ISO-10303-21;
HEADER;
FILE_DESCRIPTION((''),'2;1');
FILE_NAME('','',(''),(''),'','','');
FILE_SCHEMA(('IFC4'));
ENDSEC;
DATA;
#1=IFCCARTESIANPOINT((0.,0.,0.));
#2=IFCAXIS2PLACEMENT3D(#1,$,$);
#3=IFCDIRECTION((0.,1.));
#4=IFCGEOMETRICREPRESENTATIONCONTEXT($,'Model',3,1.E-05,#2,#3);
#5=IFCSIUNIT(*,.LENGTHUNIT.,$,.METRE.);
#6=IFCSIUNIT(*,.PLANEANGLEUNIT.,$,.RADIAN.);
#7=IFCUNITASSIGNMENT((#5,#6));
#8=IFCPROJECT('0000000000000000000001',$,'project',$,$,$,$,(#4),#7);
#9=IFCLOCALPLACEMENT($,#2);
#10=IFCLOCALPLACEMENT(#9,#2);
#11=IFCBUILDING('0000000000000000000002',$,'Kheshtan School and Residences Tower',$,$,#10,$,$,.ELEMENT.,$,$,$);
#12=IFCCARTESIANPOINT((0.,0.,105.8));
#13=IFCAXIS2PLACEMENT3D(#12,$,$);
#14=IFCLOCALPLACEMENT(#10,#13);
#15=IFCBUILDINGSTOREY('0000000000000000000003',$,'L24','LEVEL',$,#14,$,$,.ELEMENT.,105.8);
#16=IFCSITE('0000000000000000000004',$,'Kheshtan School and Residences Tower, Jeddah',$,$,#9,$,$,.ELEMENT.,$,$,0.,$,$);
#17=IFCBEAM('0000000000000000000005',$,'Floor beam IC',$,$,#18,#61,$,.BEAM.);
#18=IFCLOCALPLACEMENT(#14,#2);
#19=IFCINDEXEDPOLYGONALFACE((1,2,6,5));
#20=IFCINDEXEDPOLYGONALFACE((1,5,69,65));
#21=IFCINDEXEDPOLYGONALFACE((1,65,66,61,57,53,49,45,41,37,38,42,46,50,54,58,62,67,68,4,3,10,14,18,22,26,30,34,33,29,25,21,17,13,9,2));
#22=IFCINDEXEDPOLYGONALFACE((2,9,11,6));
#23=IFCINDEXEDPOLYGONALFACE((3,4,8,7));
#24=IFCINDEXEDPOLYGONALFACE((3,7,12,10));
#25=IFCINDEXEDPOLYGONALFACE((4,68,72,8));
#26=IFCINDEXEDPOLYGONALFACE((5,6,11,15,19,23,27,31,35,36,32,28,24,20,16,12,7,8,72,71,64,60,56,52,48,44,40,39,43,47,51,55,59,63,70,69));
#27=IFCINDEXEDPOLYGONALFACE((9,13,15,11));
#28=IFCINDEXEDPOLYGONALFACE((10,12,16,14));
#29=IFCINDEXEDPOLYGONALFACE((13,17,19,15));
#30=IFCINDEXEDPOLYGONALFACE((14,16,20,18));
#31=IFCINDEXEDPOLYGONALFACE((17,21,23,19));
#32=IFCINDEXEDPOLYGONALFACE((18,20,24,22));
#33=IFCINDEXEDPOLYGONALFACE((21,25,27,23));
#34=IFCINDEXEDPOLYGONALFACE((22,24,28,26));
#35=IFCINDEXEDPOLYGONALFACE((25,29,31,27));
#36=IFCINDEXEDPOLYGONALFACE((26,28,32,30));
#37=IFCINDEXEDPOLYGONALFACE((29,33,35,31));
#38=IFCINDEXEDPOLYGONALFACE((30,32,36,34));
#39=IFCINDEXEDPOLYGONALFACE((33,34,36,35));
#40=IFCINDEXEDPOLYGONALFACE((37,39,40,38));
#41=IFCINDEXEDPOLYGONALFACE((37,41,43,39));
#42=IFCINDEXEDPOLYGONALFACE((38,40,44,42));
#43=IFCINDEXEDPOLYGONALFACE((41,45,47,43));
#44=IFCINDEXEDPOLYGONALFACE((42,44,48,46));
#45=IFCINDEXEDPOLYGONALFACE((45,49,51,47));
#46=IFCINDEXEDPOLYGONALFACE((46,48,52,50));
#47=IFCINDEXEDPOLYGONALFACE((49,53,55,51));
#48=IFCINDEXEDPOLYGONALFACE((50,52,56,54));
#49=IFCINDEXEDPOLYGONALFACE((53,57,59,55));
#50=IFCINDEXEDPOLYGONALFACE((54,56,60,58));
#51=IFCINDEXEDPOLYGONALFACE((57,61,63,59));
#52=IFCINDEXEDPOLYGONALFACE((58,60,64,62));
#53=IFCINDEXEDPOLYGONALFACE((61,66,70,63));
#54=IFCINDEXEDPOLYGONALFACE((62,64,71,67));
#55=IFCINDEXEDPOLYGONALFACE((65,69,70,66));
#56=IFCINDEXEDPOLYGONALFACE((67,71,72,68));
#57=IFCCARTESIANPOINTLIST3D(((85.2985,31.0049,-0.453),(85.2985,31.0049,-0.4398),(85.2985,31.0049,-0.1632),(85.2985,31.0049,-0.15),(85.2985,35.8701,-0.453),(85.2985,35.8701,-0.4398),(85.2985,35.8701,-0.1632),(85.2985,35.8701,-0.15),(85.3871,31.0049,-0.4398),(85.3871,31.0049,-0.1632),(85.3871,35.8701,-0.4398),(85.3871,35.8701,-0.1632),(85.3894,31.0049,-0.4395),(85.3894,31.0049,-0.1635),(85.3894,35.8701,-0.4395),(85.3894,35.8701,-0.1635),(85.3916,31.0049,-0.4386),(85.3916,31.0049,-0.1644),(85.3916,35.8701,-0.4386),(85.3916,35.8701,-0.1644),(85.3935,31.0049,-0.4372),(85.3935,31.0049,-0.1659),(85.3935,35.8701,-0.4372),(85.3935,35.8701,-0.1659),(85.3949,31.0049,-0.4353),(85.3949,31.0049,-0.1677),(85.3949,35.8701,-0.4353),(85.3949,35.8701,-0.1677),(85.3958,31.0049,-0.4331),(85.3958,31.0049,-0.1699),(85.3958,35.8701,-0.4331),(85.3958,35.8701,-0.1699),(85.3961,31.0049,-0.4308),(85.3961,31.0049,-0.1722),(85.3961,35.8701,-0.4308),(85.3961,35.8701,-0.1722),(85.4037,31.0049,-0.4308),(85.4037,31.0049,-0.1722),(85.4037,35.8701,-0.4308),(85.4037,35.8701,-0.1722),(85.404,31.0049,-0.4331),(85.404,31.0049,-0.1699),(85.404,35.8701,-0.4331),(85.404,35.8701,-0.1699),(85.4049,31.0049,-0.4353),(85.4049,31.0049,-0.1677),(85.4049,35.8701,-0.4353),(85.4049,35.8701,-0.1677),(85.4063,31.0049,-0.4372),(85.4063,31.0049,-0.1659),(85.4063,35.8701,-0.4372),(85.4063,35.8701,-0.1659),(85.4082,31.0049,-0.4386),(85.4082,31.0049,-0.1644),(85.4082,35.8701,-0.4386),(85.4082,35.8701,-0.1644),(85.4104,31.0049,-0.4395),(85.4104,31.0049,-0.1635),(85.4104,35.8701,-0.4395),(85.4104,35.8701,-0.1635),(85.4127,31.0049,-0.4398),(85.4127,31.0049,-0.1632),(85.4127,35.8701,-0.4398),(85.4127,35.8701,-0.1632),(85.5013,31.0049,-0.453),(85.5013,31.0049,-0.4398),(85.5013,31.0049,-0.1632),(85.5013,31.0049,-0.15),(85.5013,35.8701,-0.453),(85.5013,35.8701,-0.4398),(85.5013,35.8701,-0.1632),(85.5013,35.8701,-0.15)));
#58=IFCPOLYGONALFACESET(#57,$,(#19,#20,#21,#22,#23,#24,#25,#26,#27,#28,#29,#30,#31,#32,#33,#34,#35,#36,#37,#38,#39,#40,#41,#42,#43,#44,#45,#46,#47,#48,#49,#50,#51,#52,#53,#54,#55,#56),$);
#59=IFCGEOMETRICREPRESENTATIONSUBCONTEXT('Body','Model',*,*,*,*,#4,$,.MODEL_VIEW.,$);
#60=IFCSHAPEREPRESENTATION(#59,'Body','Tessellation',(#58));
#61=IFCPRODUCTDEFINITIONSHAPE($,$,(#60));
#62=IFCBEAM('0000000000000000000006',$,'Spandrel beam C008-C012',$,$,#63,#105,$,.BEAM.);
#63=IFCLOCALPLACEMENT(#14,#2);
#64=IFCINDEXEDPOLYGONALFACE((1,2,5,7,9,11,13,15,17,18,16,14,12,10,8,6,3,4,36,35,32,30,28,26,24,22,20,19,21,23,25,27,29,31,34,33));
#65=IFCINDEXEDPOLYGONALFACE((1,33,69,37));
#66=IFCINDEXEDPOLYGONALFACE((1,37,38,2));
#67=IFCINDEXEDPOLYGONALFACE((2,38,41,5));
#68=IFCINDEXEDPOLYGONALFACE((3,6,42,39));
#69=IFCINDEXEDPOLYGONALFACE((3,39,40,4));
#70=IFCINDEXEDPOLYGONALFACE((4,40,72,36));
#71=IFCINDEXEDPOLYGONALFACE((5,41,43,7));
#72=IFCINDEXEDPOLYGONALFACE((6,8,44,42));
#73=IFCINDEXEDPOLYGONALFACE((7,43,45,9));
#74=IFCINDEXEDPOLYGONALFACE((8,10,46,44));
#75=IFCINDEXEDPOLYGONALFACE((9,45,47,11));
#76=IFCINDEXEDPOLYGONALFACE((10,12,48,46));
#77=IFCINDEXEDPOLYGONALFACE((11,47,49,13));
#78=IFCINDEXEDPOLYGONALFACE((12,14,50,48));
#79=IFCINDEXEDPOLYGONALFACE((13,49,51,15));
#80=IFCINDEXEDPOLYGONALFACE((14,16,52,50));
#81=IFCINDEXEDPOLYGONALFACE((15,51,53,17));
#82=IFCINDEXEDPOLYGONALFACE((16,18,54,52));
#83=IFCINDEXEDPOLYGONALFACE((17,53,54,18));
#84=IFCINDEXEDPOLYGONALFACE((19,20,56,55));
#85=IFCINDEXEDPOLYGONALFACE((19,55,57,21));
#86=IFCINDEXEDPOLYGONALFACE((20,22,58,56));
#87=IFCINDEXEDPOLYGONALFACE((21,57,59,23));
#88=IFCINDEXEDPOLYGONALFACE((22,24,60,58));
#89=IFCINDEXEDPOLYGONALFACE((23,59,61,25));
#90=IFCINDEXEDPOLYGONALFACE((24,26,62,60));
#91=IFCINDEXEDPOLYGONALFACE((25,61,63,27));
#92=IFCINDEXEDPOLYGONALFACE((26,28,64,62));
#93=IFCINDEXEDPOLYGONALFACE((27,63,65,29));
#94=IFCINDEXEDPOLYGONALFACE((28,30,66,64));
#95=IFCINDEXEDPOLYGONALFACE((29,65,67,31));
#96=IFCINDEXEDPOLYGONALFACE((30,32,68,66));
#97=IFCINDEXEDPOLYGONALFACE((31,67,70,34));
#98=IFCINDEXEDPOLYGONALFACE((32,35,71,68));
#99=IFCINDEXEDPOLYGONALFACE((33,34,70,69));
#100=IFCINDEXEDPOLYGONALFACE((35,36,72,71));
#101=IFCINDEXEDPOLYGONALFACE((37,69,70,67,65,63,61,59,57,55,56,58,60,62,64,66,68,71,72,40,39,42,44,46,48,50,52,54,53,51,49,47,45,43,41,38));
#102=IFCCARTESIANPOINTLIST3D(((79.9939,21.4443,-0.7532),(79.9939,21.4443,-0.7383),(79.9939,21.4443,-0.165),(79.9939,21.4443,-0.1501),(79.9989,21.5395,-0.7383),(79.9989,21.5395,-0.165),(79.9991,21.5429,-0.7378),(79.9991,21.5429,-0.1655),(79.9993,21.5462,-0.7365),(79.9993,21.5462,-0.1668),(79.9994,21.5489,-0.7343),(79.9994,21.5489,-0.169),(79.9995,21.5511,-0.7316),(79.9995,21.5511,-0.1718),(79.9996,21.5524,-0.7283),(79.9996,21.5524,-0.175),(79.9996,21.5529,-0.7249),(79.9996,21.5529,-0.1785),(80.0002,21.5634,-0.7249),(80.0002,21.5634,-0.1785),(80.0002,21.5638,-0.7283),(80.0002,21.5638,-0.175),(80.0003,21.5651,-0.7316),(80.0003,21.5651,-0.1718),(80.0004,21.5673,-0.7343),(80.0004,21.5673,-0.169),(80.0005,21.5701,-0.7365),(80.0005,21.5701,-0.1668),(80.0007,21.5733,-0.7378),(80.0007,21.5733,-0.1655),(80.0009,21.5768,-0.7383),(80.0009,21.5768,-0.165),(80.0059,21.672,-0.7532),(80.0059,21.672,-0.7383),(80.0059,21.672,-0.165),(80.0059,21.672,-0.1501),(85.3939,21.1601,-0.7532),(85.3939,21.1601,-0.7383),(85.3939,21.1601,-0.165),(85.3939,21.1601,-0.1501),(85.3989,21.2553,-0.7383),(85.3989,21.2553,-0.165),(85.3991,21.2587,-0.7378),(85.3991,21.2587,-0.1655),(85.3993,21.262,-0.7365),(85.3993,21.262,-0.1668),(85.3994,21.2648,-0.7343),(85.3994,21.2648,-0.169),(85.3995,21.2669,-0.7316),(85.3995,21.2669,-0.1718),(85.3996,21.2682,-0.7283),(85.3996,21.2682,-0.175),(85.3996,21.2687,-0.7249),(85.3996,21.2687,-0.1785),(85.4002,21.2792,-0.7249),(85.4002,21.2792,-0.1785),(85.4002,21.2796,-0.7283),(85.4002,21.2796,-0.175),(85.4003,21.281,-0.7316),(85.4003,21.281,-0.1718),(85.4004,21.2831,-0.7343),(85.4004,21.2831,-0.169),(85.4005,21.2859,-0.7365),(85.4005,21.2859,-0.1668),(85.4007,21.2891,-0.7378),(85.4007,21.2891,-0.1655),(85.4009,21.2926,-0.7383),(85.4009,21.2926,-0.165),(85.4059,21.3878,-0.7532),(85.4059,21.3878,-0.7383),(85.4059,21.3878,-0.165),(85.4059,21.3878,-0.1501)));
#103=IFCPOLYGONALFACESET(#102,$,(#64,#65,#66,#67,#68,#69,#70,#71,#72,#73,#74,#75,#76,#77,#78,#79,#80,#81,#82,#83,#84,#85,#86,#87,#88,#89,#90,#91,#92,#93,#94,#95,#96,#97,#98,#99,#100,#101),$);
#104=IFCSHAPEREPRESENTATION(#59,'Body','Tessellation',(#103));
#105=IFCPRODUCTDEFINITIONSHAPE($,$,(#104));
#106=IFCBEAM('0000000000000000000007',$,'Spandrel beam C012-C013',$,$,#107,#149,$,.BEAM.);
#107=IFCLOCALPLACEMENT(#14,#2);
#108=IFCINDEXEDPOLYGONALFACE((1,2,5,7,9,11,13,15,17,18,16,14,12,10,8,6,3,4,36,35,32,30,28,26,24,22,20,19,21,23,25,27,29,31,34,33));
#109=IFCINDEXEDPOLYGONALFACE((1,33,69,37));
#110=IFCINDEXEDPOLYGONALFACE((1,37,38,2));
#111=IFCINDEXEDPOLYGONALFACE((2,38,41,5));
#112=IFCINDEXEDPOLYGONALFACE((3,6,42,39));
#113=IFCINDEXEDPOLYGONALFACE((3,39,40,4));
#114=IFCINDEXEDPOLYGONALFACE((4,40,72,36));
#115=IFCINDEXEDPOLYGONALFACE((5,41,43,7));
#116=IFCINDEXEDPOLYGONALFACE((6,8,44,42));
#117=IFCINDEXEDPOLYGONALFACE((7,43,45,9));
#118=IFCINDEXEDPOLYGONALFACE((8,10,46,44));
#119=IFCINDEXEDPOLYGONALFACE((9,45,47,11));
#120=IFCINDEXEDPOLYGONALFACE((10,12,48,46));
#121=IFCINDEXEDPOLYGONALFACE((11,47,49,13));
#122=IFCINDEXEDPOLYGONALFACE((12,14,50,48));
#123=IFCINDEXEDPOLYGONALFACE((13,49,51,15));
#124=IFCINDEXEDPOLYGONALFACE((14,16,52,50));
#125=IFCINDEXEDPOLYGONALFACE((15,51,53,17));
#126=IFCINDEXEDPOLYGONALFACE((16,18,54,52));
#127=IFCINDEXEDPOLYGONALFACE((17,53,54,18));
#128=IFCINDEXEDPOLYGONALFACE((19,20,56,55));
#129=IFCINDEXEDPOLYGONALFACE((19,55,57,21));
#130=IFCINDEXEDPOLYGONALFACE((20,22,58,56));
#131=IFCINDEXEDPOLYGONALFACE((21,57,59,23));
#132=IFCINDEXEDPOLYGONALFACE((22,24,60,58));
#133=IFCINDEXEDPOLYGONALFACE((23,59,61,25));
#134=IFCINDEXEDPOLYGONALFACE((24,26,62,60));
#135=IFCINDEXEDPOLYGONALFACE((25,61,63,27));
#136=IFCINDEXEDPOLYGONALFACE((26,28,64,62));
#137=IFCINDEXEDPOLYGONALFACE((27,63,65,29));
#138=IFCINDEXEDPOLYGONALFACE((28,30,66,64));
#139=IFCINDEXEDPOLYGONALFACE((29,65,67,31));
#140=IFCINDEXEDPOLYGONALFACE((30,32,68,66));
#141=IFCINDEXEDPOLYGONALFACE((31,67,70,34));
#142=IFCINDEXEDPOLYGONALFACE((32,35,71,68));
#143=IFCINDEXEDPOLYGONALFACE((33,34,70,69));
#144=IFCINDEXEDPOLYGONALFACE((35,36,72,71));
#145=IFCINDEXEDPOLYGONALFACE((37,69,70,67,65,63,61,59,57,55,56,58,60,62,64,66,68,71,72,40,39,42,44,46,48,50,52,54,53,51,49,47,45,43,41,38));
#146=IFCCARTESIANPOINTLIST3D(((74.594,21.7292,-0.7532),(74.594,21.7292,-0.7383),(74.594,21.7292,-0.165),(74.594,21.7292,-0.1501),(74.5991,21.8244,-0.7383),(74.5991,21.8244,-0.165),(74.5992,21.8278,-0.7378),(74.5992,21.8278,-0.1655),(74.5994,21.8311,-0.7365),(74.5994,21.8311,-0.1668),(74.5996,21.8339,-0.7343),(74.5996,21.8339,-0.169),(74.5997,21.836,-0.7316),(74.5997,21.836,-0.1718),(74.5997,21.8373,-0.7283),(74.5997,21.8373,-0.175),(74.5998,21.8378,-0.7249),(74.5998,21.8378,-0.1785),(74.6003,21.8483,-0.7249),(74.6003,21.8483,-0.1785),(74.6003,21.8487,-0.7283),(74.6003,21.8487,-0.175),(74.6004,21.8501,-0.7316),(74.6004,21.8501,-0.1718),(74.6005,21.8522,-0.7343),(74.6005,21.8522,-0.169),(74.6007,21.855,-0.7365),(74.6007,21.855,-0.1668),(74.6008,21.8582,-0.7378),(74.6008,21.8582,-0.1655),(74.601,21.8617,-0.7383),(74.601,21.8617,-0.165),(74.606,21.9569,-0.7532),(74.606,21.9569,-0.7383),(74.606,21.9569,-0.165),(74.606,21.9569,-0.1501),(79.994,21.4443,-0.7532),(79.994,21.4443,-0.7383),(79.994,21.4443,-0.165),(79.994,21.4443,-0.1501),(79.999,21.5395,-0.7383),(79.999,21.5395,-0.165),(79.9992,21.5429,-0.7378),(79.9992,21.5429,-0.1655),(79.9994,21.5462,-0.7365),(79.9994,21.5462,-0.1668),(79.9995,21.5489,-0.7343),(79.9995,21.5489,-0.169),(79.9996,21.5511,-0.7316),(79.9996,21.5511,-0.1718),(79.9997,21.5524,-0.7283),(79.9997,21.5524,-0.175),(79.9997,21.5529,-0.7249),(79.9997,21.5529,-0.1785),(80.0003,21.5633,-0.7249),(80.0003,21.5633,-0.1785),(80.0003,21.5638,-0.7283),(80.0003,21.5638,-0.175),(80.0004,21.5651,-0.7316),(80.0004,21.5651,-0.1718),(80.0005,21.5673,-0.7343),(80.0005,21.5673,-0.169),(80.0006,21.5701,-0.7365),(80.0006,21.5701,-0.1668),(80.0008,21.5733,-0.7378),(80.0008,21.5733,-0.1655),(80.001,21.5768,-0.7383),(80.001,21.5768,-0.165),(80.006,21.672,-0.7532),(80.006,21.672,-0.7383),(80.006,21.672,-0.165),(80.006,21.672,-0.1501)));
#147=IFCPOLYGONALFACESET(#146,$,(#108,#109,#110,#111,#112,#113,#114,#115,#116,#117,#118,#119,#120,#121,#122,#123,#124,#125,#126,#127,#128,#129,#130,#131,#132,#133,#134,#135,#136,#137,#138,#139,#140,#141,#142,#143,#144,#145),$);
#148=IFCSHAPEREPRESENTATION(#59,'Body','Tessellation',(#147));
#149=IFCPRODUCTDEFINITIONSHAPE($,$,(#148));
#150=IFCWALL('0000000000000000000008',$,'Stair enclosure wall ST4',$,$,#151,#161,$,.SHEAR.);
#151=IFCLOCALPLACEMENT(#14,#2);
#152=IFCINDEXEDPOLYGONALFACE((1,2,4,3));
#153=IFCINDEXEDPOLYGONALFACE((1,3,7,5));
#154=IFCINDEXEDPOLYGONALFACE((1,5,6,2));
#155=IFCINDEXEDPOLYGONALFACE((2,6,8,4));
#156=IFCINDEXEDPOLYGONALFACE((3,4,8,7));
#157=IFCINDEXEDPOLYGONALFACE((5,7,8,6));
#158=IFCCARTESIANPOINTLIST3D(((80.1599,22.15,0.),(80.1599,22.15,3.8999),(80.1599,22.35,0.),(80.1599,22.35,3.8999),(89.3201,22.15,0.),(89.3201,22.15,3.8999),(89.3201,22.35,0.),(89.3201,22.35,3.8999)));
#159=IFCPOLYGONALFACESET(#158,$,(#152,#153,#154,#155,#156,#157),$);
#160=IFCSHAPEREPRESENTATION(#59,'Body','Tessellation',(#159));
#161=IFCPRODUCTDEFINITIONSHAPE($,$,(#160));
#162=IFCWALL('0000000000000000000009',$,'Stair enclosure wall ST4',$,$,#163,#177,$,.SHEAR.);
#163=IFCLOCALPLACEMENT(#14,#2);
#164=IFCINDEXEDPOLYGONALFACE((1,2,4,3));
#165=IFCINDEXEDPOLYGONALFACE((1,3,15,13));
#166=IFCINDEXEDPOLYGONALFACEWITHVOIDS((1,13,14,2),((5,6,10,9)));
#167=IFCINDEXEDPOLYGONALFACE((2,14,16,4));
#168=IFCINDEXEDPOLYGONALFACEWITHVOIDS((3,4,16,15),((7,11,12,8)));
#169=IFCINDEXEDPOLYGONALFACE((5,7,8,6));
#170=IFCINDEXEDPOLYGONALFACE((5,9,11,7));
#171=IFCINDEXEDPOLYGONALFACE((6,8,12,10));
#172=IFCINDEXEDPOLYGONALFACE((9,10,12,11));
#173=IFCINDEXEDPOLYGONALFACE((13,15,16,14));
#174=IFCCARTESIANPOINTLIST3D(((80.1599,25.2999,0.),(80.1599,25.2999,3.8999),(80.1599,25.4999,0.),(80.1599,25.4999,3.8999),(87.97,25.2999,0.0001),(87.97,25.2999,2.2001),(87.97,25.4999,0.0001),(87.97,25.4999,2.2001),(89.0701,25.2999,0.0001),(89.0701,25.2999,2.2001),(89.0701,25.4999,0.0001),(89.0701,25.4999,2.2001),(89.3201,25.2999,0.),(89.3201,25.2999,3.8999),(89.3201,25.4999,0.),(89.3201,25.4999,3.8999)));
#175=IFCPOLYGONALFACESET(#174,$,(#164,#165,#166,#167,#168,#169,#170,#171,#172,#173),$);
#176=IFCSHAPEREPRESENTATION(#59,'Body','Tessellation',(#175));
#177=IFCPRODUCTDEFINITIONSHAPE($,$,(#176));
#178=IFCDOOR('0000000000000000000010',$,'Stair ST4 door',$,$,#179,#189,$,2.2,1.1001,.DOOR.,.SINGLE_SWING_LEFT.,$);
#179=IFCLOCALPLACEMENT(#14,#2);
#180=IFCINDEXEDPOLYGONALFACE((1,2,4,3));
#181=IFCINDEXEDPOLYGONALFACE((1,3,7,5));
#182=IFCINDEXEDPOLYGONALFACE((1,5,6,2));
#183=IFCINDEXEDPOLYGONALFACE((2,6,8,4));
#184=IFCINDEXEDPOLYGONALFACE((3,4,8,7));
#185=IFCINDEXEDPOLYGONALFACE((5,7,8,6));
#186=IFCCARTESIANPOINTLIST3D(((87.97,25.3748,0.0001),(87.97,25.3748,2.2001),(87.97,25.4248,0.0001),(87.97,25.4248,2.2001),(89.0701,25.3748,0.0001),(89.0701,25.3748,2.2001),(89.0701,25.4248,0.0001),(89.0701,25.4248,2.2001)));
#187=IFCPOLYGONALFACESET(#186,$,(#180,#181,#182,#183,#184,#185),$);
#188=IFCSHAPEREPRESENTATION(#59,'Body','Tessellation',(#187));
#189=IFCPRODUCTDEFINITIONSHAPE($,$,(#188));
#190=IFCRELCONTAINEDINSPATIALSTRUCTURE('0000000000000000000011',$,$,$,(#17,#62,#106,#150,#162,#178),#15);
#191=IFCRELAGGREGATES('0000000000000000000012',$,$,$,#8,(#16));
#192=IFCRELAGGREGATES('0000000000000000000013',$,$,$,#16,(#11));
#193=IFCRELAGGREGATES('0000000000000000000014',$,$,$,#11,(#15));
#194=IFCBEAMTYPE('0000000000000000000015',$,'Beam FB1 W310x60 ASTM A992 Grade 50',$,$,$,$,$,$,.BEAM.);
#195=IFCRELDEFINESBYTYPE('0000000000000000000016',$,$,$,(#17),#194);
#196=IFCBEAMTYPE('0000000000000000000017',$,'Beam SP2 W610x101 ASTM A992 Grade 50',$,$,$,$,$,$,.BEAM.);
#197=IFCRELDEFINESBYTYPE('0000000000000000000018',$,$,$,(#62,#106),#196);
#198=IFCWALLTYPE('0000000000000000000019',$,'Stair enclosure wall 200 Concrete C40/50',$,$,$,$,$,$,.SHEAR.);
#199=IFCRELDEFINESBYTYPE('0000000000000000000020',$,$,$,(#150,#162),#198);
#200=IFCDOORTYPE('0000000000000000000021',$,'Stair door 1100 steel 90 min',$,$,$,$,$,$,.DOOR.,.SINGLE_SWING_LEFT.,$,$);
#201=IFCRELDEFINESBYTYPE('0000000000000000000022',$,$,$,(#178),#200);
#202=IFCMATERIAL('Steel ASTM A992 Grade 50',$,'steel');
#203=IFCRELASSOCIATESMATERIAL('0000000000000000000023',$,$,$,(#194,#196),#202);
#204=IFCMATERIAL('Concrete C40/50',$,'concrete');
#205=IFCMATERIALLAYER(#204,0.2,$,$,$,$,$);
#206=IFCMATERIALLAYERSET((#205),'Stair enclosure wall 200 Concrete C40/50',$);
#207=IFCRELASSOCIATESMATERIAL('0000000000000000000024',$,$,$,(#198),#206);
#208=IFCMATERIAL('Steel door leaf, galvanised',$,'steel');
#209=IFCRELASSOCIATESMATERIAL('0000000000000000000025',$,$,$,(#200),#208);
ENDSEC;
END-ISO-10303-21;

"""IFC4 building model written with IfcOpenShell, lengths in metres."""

from ifc_helpers import new_model, si_unit, direction, frame, frame_2d, origin, origin_2d, place, context, subcontext, project, spatial, rectangle, i_section, extrude, source, transform, mapped, material, layer, layer_set, material_profile, profile_set, type_object, element, fill, save


model = new_model("IFC4")

# Units and contexts
model_context = context("Model", 3, precision=1e-05, world=origin(), true_north=direction((0.0, 1.0)))
body_context = subcontext(model_context, "Body", "Model", "MODEL_VIEW")
ifc_project = project(units=[si_unit("LENGTHUNIT", "METRE"), si_unit("PLANEANGLEUNIT", "RADIAN")], contexts=[model_context])

# Site, building, storey
site_placement = place(None, origin())
site = spatial("IfcSite", under=ifc_project, at=site_placement, Name="Kheshtan School and Residences Tower, Jeddah", CompositionType="ELEMENT", RefElevation=0.0)
building_placement = place(site_placement, origin())
building = spatial("IfcBuilding", under=site, at=building_placement, Name="Kheshtan School and Residences Tower", CompositionType="ELEMENT")
storey_placement = place(building_placement, frame((0.0, 0.0, 105.8)))
storey = spatial("IfcBuildingStorey", under=building, at=storey_placement, Name="L24", Description="LEVEL", CompositionType="ELEMENT", Elevation=105.8)

# Shared definitions
ifc_material_1 = material(Name="Steel ASTM A992 Grade 50", Category="steel")

# Beams
ifc_material_profile_1 = material_profile(ifc_material_1, i_section(OverallWidth=0.2029, OverallDepth=0.303, WebThickness=0.0076, FlangeThickness=0.0132, FilletRadius=0.009, at=origin_2d()), Name="W310x60")
ifc_profile_set_1 = profile_set([ifc_material_profile_1], Name="Steel ASTM A992 Grade 50")
beam_type_1 = type_object("IfcBeamType", Name="Beam FB1 W310x60 ASTM A992 Grade 50", PredefinedType="BEAM", material=ifc_profile_set_1)
beam_placement = place(storey_placement, frame((85.3999, 31.0049, -0.3015), z_axis=(0.0, 1.0, 0.0), x_axis=(-1.0, 0.0, 0.0)))
element("IfcBeam", 1, at=beam_placement, inside=storey, type_object=beam_type_1, Name="Floor beam IC", PredefinedType="BEAM", context=body_context, shape_type="SweptSolid", body=[
    extrude(i_section(OverallWidth=0.2029, OverallDepth=0.303, WebThickness=0.0076, FlangeThickness=0.0132, FilletRadius=0.009, at=origin_2d()), origin(), (0.0, 0.0, 1.0), 4.8652),
])
ifc_material_profile_2 = material_profile(ifc_material_1, i_section(OverallWidth=0.228, OverallDepth=0.603, WebThickness=0.0105, FlangeThickness=0.0149, FilletRadius=0.0134, at=origin_2d()), Name="W610x101")
ifc_profile_set_2 = profile_set([ifc_material_profile_2], Name="Steel ASTM A992 Grade 50")
beam_type_2 = type_object("IfcBeamType", Name="Beam SP2 W610x101 ASTM A992 Grade 50", PredefinedType="BEAM", material=ifc_profile_set_2)
for number, where, z_axis, x_axis, name in (
    (2, (85.3999, 21.2739, -0.4517), (-0.998618, 0.052554, 0.0), (-0.052554, -0.998618, 0.0), "Spandrel beam C008-C012"),
    (3, (80.0, 21.5581, -0.4517), (-0.998611, 0.052689, 0.0), (-0.052689, -0.998611, 0.0), "Spandrel beam C012-C013"),
):
    element("IfcBeam", number, at=place(storey_placement, frame(where, z_axis=z_axis, x_axis=x_axis)), inside=storey, type_object=beam_type_2, Name=name, PredefinedType="BEAM", context=body_context, shape_type="SweptSolid", body=[
        extrude(i_section(OverallWidth=0.228, OverallDepth=0.603, WebThickness=0.0105, FlangeThickness=0.0149, FilletRadius=0.0134, at=origin_2d()), origin(), (0.0, 0.0, 1.0), 5.4075),
    ])

# Wall
ifc_material_2 = material(Name="Concrete C40/50", Category="concrete")
ifc_layer_1 = layer(ifc_material_2, 0.2)
ifc_layer_set_1 = layer_set([ifc_layer_1], Name="Stair enclosure wall 200 Concrete C40/50")
wall_type_1 = type_object("IfcWallType", Name="Stair enclosure wall 200 Concrete C40/50", PredefinedType="SHEAR", material=ifc_layer_set_1)
wall_1_placement = place(storey_placement, frame((80.1599, 22.25, 0.0), z_axis=(0.0, 0.0, 1.0), x_axis=(1.0, 0.0, 0.0)))
element("IfcWall", 4, at=wall_1_placement, inside=storey, type_object=wall_type_1, Name="Stair enclosure wall ST4", PredefinedType="SHEAR", context=body_context, shape_type="SweptSolid", body=[
    extrude(rectangle(XDim=9.1602, YDim=0.2, at=frame_2d((4.5801, 0.0))), origin(), (0.0, 0.0, 1.0), 3.8999),
])

# Wall, opening, door
wall_2_placement = place(storey_placement, frame((80.1599, 25.3999, 0.0), z_axis=(0.0, 0.0, 1.0), x_axis=(1.0, 0.0, 0.0)))
wall_2 = element("IfcWall", 5, at=wall_2_placement, inside=storey, type_object=wall_type_1, Name="Stair enclosure wall ST4", PredefinedType="SHEAR", context=body_context, shape_type="SweptSolid", body=[
    extrude(rectangle(XDim=9.1602, YDim=0.2, at=frame_2d((4.5801, 0.0))), origin(), (0.0, 0.0, 1.0), 3.8999),
])
opening_placement = place(wall_2_placement, frame((7.8101, 0.0, 0.0)))
opening = element("IfcOpeningElement", 6, at=opening_placement, cuts=wall_2, PredefinedType="OPENING", context=body_context, shape_type="SweptSolid", body=[
    extrude(rectangle(XDim=1.1001, YDim=2.2, at=frame_2d((0.55, 1.1001))), frame((0.0, 0.1099, 0.0), z_axis=(0.0, -1.0, 0.0), x_axis=(1.0, 0.0, 0.0)), (0.0, 0.0, 1.0), 0.22),
])
ifc_material_3 = material(Name="Steel door leaf, galvanised", Category="steel")
door_type = type_object("IfcDoorType", Name="Stair door 1100 steel 90 min", OperationType="SINGLE_SWING_LEFT", PredefinedType="DOOR", material=ifc_material_3)
shared_shape = source(origin(), body_context, "Body", "SweptSolid", [
    extrude(rectangle(XDim=1.1001, YDim=2.2, at=frame_2d((0.55, 1.1001))), frame((0.0, 0.0249, 0.0), z_axis=(0.0, -1.0, 0.0), x_axis=(1.0, 0.0, 0.0)), (0.0, 0.0, 1.0), 0.05),
])
door_placement = place(opening_placement, origin())
door = element("IfcDoor", 7, at=door_placement, inside=storey, type_object=door_type, Name="Stair ST4 door", OperationType="SINGLE_SWING_LEFT", OverallHeight=2.2, OverallWidth=1.1001, PredefinedType="DOOR", context=body_context, shape_type="MappedRepresentation", body=[
    mapped(shared_shape, transform((0.0, 0.0, 0.0), x_axis=(1.0, 0.0, 0.0), y_axis=(0.0, 1.0, 0.0), z_axis=(0.0, 0.0, 1.0), scale=1.0)),
])
fill(opening, door)

save(model, "model.ifc")
